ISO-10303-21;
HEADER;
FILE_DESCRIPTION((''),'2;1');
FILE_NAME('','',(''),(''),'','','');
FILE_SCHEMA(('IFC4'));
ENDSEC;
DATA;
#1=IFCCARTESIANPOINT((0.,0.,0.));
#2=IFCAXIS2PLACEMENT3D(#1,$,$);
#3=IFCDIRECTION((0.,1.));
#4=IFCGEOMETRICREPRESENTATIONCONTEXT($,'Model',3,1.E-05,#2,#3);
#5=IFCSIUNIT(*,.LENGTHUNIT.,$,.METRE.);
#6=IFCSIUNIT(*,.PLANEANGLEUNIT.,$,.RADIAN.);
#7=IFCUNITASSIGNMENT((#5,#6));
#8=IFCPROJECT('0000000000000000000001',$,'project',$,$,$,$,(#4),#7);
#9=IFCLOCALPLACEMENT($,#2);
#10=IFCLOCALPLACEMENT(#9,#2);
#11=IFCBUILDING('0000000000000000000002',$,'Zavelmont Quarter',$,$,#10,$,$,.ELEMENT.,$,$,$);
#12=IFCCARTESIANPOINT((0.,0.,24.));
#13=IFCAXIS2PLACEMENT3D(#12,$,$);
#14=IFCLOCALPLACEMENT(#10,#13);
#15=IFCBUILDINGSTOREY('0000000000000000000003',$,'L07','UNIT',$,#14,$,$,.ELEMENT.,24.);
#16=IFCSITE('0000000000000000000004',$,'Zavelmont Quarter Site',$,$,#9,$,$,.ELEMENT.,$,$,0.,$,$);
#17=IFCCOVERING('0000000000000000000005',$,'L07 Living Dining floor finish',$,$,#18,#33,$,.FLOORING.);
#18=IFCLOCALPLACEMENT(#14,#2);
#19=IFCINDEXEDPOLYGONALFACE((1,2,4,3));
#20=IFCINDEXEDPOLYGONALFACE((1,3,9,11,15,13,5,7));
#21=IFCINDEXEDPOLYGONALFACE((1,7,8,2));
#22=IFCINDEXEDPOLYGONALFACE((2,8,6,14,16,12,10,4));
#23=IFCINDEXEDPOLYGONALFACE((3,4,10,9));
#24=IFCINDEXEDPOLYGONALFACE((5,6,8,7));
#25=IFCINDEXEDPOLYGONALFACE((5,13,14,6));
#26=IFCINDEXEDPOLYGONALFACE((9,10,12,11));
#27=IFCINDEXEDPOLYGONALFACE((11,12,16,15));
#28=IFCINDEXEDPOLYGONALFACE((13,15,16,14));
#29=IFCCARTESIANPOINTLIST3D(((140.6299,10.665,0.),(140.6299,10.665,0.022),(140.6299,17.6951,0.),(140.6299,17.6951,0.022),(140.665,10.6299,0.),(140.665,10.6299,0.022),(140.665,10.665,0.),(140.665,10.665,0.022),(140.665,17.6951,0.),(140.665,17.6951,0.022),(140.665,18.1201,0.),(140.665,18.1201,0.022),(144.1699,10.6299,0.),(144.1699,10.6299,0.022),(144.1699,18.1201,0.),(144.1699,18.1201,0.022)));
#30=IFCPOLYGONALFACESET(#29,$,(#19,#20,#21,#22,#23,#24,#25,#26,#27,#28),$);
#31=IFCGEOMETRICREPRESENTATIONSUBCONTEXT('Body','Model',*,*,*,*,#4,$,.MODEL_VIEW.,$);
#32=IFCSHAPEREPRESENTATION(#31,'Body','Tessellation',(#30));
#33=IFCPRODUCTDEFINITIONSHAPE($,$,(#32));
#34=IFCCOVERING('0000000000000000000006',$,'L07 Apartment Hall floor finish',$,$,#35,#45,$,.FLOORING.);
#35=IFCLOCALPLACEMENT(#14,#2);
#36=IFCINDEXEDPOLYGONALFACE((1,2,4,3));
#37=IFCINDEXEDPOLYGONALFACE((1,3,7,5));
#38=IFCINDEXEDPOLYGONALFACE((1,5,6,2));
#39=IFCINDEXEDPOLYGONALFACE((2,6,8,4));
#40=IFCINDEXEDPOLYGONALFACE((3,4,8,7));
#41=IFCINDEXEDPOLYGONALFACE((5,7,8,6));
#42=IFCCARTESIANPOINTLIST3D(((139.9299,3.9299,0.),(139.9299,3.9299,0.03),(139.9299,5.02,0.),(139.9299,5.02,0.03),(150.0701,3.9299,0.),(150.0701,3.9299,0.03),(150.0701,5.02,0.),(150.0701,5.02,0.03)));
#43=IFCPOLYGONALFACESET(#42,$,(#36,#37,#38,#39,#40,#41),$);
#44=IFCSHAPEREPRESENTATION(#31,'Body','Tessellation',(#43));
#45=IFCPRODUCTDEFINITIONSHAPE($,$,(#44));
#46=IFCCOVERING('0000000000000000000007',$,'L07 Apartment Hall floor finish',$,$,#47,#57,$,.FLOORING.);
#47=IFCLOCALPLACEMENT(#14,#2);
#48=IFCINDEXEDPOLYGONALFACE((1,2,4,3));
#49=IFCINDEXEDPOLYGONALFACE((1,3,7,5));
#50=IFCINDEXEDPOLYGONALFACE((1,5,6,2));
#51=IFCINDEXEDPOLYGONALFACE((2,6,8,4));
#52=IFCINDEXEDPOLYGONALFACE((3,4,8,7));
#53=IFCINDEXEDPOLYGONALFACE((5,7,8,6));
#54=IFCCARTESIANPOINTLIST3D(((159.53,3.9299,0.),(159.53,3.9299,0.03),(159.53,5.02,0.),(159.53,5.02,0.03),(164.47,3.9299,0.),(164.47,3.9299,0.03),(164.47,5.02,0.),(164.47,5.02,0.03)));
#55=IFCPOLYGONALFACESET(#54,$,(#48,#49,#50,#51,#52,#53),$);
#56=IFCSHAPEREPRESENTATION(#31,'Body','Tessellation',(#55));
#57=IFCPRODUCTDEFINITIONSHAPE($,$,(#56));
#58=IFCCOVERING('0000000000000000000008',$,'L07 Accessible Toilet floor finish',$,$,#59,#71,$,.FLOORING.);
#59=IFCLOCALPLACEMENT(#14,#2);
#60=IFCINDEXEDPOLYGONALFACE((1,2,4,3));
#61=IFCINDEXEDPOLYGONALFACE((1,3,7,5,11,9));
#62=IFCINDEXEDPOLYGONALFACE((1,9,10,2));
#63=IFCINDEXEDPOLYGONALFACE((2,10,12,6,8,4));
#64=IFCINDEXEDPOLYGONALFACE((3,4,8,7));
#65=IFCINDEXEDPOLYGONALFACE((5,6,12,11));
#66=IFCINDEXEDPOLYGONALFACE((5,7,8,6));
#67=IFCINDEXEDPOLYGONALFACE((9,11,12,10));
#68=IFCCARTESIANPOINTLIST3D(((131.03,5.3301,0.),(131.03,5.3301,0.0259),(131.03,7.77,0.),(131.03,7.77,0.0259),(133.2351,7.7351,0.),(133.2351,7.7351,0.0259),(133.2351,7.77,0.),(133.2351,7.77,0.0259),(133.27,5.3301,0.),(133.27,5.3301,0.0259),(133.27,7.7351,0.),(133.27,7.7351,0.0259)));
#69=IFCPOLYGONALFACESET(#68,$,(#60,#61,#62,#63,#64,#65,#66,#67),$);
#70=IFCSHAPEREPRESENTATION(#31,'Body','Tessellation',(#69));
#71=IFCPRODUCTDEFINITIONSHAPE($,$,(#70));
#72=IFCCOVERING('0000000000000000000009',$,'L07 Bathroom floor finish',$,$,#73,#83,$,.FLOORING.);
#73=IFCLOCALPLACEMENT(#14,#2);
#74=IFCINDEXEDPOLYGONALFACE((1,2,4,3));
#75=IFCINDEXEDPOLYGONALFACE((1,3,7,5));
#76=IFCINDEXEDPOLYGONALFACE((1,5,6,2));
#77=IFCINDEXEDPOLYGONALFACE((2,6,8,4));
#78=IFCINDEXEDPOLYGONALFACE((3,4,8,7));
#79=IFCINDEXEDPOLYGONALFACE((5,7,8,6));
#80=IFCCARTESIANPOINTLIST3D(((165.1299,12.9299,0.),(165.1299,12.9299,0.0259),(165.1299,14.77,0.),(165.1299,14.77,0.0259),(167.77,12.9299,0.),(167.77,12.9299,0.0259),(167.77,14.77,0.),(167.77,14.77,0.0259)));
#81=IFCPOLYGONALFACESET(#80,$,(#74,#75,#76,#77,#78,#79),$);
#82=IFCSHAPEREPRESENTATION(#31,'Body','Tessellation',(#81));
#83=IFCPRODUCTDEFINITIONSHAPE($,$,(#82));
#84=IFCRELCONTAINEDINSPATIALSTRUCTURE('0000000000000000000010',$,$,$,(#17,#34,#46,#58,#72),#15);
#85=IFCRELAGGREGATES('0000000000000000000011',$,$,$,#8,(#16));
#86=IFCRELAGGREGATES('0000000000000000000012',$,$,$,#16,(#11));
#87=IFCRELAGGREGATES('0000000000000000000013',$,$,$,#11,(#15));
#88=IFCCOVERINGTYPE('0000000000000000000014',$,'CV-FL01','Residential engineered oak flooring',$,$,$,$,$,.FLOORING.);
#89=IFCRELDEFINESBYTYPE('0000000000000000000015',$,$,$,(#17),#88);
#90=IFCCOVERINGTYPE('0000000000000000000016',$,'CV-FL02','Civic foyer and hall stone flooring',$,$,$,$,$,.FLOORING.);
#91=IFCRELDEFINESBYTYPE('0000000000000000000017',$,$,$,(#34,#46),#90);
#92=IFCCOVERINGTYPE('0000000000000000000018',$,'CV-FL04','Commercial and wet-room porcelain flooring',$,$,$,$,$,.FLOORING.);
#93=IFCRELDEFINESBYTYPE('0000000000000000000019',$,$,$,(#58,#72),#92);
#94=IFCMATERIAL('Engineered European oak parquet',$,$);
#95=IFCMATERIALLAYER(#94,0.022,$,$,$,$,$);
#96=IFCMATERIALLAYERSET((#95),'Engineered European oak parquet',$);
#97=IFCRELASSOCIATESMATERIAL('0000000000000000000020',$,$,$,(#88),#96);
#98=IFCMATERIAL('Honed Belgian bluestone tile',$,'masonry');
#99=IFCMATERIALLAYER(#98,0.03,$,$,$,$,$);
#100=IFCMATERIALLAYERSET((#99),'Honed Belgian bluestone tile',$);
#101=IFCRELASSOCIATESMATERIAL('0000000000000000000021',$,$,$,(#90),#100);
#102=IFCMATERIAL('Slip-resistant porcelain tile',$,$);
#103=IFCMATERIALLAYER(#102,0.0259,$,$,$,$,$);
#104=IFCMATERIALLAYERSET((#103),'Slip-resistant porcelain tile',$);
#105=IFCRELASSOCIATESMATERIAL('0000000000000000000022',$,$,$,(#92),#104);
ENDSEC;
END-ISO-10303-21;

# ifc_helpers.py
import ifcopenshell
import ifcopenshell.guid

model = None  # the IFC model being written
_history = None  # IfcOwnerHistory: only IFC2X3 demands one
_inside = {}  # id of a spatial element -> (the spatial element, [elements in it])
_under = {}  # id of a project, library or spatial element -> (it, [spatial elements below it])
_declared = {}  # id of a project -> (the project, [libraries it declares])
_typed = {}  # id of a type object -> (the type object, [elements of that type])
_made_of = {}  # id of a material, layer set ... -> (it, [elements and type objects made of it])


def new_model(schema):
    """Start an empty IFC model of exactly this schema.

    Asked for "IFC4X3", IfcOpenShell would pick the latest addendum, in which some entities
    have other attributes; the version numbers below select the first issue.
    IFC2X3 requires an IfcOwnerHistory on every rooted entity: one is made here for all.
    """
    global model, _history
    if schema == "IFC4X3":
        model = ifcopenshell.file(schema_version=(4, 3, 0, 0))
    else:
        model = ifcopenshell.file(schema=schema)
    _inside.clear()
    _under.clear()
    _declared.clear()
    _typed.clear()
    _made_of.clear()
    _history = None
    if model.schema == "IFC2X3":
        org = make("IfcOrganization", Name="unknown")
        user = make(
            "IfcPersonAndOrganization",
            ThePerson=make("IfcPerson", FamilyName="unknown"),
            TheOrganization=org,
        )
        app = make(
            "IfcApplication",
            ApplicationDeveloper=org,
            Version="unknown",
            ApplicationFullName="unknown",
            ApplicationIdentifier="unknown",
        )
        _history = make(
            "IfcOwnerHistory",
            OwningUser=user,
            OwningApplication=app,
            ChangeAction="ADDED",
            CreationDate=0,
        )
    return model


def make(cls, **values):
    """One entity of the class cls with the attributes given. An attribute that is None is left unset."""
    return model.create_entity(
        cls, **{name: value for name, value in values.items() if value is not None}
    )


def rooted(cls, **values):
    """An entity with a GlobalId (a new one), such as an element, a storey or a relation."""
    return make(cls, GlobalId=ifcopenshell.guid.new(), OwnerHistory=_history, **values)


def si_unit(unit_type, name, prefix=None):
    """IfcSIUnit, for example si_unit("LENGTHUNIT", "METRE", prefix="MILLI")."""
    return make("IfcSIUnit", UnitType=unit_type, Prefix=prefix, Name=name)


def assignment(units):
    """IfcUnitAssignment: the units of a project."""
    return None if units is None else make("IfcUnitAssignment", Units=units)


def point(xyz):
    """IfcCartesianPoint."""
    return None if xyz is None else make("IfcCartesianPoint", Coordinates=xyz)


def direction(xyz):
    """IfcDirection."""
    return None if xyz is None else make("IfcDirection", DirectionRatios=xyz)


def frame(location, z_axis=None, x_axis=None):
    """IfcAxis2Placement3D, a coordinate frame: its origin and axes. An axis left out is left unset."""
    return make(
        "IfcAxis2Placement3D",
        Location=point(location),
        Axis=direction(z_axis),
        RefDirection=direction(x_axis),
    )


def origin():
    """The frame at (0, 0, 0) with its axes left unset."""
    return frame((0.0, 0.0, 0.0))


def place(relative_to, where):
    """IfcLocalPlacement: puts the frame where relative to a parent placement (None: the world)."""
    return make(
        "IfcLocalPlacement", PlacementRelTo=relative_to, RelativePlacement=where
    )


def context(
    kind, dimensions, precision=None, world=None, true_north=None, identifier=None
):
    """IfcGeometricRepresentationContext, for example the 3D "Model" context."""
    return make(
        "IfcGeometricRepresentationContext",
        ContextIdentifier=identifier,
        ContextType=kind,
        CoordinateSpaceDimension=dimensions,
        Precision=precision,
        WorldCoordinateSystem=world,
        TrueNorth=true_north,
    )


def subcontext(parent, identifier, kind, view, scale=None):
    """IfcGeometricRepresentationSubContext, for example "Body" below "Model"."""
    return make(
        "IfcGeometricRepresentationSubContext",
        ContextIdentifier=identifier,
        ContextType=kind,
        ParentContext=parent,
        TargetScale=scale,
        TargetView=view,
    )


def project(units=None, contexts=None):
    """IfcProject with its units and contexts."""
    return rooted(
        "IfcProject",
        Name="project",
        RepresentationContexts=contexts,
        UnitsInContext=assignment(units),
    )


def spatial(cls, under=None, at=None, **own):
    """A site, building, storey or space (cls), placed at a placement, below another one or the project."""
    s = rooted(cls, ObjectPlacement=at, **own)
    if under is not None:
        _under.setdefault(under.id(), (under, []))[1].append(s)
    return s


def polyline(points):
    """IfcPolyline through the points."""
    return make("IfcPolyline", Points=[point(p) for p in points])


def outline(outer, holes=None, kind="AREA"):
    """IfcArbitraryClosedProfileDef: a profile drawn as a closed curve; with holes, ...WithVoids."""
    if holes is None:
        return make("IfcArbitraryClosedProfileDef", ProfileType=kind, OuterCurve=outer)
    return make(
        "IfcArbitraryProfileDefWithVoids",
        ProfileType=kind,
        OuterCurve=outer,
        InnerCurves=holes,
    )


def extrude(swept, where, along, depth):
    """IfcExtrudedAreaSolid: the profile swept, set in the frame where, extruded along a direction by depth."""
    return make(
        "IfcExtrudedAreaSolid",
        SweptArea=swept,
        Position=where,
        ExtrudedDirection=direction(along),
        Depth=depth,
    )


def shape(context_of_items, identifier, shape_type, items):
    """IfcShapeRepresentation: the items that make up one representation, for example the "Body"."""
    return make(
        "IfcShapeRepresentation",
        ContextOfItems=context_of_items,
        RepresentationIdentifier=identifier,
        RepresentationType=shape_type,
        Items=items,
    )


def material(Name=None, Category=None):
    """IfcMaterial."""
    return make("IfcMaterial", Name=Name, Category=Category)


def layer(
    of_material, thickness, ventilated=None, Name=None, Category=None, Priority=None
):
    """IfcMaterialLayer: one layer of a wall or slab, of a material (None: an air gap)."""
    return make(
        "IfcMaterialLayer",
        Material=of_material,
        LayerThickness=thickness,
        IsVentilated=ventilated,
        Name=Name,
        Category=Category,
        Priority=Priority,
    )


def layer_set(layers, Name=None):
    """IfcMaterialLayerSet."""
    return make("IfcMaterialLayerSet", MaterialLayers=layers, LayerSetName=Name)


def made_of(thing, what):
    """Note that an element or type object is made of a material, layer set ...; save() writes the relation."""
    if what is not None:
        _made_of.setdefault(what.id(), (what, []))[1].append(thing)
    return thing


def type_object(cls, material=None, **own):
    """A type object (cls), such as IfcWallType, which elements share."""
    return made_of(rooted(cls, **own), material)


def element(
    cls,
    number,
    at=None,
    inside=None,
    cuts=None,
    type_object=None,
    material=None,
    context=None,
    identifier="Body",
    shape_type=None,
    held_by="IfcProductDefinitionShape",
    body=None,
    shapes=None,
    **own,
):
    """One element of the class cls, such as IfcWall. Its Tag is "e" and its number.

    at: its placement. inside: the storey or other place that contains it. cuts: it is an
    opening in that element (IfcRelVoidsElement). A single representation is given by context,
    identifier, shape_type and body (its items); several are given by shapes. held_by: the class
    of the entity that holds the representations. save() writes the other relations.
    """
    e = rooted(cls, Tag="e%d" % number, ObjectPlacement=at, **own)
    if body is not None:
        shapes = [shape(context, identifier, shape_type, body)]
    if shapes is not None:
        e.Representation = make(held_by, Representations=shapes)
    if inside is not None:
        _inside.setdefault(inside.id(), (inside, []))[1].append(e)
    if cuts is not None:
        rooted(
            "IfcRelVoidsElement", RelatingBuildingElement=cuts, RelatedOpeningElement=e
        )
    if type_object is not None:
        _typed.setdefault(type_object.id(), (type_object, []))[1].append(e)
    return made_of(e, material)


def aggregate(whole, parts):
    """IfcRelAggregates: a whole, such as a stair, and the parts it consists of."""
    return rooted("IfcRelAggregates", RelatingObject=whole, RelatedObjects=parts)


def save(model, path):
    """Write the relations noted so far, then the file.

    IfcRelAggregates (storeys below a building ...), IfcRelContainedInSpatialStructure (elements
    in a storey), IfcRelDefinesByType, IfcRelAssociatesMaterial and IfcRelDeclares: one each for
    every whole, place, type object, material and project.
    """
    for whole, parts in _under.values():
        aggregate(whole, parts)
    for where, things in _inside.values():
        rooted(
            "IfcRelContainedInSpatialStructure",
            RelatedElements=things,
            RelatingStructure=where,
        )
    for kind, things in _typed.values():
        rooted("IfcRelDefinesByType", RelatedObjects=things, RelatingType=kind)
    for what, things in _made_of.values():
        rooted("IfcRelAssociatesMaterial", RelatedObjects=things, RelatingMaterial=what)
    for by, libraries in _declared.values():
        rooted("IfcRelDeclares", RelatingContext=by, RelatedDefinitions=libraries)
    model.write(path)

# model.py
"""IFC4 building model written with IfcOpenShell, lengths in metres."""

from ifc_helpers import new_model, si_unit, direction, frame, origin, place, context, subcontext, project, spatial, polyline, outline, extrude, material, layer, layer_set, type_object, element, save


model = new_model("IFC4")

# Units and contexts
model_context = context("Model", 3, precision=1e-05, world=origin(), true_north=direction((0.0, 1.0)))
body_context = subcontext(model_context, "Body", "Model", "MODEL_VIEW")
ifc_project = project(units=[si_unit("LENGTHUNIT", "METRE"), si_unit("PLANEANGLEUNIT", "RADIAN")], contexts=[model_context])

# Site, building, storey
site_placement = place(None, origin())
site = spatial("IfcSite", under=ifc_project, at=site_placement, Name="Zavelmont Quarter Site", CompositionType="ELEMENT", RefElevation=0.0)
building_placement = place(site_placement, origin())
building = spatial("IfcBuilding", under=site, at=building_placement, Name="Zavelmont Quarter", CompositionType="ELEMENT")
storey_placement = place(building_placement, frame((0.0, 0.0, 24.0)))
storey = spatial("IfcBuildingStorey", under=building, at=storey_placement, Name="L07", Description="UNIT", CompositionType="ELEMENT", Elevation=24.0)

# Coverings
ifc_material_1 = material(Name="Engineered European oak parquet")
ifc_layer_1 = layer(ifc_material_1, 0.022)
ifc_layer_set_1 = layer_set([ifc_layer_1], Name="Engineered European oak parquet")
covering_type_1 = type_object("IfcCoveringType", Name="CV-FL01", Description="Residential engineered oak flooring", PredefinedType="FLOORING", material=ifc_layer_set_1)
covering_1_placement = place(storey_placement, origin())
element("IfcCovering", 1, at=covering_1_placement, inside=storey, type_object=covering_type_1, Name="L07 Living Dining floor finish", PredefinedType="FLOORING", context=body_context, shape_type="SweptSolid", body=[
    extrude(outline(polyline([(140.6299, 17.6951), (140.665, 17.6951), (140.665, 18.1201), (144.1699, 18.1201), (144.1699, 10.6299), (140.665, 10.6299), (140.665, 10.665), (140.6299, 10.665), (140.6299, 17.6951)])), origin(), (0.0, 0.0, 1.0), 0.022),
])
ifc_material_2 = material(Name="Honed Belgian bluestone tile", Category="masonry")
ifc_layer_2 = layer(ifc_material_2, 0.03)
ifc_layer_set_2 = layer_set([ifc_layer_2], Name="Honed Belgian bluestone tile")
covering_type_2 = type_object("IfcCoveringType", Name="CV-FL02", Description="Civic foyer and hall stone flooring", PredefinedType="FLOORING", material=ifc_layer_set_2)
covering_2_placement = place(storey_placement, origin())
element("IfcCovering", 2, at=covering_2_placement, inside=storey, type_object=covering_type_2, Name="L07 Apartment Hall floor finish", PredefinedType="FLOORING", context=body_context, shape_type="SweptSolid", body=[
    extrude(outline(polyline([(139.9299, 5.02), (150.0701, 5.02), (150.0701, 3.9299), (139.9299, 3.9299), (139.9299, 5.02)])), origin(), (0.0, 0.0, 1.0), 0.03),
])
covering_3_placement = place(storey_placement, origin())
element("IfcCovering", 3, at=covering_3_placement, inside=storey, type_object=covering_type_2, Name="L07 Apartment Hall floor finish", PredefinedType="FLOORING", context=body_context, shape_type="SweptSolid", body=[
    extrude(outline(polyline([(159.53, 5.02), (164.47, 5.02), (164.47, 3.9299), (159.53, 3.9299), (159.53, 5.02)])), origin(), (0.0, 0.0, 1.0), 0.03),
])
ifc_material_3 = material(Name="Slip-resistant porcelain tile")
ifc_layer_3 = layer(ifc_material_3, 0.0259)
ifc_layer_set_3 = layer_set([ifc_layer_3], Name="Slip-resistant porcelain tile")
covering_type_3 = type_object("IfcCoveringType", Name="CV-FL04", Description="Commercial and wet-room porcelain flooring", PredefinedType="FLOORING", material=ifc_layer_set_3)
covering_4_placement = place(storey_placement, origin())
element("IfcCovering", 4, at=covering_4_placement, inside=storey, type_object=covering_type_3, Name="L07 Accessible Toilet floor finish", PredefinedType="FLOORING", context=body_context, shape_type="SweptSolid", body=[
    extrude(outline(polyline([(131.03, 7.77), (133.2351, 7.77), (133.2351, 7.7351), (133.27, 7.7351), (133.27, 5.3301), (131.03, 5.3301), (131.03, 7.77)])), origin(), (0.0, 0.0, 1.0), 0.0259),
])
covering_5_placement = place(storey_placement, origin())
element("IfcCovering", 5, at=covering_5_placement, inside=storey, type_object=covering_type_3, Name="L07 Bathroom floor finish", PredefinedType="FLOORING", context=body_context, shape_type="SweptSolid", body=[
    extrude(outline(polyline([(165.1299, 14.77), (167.77, 14.77), (167.77, 12.9299), (165.1299, 12.9299), (165.1299, 14.77)])), origin(), (0.0, 0.0, 1.0), 0.0259),
])

save(model, "model.ifc")
